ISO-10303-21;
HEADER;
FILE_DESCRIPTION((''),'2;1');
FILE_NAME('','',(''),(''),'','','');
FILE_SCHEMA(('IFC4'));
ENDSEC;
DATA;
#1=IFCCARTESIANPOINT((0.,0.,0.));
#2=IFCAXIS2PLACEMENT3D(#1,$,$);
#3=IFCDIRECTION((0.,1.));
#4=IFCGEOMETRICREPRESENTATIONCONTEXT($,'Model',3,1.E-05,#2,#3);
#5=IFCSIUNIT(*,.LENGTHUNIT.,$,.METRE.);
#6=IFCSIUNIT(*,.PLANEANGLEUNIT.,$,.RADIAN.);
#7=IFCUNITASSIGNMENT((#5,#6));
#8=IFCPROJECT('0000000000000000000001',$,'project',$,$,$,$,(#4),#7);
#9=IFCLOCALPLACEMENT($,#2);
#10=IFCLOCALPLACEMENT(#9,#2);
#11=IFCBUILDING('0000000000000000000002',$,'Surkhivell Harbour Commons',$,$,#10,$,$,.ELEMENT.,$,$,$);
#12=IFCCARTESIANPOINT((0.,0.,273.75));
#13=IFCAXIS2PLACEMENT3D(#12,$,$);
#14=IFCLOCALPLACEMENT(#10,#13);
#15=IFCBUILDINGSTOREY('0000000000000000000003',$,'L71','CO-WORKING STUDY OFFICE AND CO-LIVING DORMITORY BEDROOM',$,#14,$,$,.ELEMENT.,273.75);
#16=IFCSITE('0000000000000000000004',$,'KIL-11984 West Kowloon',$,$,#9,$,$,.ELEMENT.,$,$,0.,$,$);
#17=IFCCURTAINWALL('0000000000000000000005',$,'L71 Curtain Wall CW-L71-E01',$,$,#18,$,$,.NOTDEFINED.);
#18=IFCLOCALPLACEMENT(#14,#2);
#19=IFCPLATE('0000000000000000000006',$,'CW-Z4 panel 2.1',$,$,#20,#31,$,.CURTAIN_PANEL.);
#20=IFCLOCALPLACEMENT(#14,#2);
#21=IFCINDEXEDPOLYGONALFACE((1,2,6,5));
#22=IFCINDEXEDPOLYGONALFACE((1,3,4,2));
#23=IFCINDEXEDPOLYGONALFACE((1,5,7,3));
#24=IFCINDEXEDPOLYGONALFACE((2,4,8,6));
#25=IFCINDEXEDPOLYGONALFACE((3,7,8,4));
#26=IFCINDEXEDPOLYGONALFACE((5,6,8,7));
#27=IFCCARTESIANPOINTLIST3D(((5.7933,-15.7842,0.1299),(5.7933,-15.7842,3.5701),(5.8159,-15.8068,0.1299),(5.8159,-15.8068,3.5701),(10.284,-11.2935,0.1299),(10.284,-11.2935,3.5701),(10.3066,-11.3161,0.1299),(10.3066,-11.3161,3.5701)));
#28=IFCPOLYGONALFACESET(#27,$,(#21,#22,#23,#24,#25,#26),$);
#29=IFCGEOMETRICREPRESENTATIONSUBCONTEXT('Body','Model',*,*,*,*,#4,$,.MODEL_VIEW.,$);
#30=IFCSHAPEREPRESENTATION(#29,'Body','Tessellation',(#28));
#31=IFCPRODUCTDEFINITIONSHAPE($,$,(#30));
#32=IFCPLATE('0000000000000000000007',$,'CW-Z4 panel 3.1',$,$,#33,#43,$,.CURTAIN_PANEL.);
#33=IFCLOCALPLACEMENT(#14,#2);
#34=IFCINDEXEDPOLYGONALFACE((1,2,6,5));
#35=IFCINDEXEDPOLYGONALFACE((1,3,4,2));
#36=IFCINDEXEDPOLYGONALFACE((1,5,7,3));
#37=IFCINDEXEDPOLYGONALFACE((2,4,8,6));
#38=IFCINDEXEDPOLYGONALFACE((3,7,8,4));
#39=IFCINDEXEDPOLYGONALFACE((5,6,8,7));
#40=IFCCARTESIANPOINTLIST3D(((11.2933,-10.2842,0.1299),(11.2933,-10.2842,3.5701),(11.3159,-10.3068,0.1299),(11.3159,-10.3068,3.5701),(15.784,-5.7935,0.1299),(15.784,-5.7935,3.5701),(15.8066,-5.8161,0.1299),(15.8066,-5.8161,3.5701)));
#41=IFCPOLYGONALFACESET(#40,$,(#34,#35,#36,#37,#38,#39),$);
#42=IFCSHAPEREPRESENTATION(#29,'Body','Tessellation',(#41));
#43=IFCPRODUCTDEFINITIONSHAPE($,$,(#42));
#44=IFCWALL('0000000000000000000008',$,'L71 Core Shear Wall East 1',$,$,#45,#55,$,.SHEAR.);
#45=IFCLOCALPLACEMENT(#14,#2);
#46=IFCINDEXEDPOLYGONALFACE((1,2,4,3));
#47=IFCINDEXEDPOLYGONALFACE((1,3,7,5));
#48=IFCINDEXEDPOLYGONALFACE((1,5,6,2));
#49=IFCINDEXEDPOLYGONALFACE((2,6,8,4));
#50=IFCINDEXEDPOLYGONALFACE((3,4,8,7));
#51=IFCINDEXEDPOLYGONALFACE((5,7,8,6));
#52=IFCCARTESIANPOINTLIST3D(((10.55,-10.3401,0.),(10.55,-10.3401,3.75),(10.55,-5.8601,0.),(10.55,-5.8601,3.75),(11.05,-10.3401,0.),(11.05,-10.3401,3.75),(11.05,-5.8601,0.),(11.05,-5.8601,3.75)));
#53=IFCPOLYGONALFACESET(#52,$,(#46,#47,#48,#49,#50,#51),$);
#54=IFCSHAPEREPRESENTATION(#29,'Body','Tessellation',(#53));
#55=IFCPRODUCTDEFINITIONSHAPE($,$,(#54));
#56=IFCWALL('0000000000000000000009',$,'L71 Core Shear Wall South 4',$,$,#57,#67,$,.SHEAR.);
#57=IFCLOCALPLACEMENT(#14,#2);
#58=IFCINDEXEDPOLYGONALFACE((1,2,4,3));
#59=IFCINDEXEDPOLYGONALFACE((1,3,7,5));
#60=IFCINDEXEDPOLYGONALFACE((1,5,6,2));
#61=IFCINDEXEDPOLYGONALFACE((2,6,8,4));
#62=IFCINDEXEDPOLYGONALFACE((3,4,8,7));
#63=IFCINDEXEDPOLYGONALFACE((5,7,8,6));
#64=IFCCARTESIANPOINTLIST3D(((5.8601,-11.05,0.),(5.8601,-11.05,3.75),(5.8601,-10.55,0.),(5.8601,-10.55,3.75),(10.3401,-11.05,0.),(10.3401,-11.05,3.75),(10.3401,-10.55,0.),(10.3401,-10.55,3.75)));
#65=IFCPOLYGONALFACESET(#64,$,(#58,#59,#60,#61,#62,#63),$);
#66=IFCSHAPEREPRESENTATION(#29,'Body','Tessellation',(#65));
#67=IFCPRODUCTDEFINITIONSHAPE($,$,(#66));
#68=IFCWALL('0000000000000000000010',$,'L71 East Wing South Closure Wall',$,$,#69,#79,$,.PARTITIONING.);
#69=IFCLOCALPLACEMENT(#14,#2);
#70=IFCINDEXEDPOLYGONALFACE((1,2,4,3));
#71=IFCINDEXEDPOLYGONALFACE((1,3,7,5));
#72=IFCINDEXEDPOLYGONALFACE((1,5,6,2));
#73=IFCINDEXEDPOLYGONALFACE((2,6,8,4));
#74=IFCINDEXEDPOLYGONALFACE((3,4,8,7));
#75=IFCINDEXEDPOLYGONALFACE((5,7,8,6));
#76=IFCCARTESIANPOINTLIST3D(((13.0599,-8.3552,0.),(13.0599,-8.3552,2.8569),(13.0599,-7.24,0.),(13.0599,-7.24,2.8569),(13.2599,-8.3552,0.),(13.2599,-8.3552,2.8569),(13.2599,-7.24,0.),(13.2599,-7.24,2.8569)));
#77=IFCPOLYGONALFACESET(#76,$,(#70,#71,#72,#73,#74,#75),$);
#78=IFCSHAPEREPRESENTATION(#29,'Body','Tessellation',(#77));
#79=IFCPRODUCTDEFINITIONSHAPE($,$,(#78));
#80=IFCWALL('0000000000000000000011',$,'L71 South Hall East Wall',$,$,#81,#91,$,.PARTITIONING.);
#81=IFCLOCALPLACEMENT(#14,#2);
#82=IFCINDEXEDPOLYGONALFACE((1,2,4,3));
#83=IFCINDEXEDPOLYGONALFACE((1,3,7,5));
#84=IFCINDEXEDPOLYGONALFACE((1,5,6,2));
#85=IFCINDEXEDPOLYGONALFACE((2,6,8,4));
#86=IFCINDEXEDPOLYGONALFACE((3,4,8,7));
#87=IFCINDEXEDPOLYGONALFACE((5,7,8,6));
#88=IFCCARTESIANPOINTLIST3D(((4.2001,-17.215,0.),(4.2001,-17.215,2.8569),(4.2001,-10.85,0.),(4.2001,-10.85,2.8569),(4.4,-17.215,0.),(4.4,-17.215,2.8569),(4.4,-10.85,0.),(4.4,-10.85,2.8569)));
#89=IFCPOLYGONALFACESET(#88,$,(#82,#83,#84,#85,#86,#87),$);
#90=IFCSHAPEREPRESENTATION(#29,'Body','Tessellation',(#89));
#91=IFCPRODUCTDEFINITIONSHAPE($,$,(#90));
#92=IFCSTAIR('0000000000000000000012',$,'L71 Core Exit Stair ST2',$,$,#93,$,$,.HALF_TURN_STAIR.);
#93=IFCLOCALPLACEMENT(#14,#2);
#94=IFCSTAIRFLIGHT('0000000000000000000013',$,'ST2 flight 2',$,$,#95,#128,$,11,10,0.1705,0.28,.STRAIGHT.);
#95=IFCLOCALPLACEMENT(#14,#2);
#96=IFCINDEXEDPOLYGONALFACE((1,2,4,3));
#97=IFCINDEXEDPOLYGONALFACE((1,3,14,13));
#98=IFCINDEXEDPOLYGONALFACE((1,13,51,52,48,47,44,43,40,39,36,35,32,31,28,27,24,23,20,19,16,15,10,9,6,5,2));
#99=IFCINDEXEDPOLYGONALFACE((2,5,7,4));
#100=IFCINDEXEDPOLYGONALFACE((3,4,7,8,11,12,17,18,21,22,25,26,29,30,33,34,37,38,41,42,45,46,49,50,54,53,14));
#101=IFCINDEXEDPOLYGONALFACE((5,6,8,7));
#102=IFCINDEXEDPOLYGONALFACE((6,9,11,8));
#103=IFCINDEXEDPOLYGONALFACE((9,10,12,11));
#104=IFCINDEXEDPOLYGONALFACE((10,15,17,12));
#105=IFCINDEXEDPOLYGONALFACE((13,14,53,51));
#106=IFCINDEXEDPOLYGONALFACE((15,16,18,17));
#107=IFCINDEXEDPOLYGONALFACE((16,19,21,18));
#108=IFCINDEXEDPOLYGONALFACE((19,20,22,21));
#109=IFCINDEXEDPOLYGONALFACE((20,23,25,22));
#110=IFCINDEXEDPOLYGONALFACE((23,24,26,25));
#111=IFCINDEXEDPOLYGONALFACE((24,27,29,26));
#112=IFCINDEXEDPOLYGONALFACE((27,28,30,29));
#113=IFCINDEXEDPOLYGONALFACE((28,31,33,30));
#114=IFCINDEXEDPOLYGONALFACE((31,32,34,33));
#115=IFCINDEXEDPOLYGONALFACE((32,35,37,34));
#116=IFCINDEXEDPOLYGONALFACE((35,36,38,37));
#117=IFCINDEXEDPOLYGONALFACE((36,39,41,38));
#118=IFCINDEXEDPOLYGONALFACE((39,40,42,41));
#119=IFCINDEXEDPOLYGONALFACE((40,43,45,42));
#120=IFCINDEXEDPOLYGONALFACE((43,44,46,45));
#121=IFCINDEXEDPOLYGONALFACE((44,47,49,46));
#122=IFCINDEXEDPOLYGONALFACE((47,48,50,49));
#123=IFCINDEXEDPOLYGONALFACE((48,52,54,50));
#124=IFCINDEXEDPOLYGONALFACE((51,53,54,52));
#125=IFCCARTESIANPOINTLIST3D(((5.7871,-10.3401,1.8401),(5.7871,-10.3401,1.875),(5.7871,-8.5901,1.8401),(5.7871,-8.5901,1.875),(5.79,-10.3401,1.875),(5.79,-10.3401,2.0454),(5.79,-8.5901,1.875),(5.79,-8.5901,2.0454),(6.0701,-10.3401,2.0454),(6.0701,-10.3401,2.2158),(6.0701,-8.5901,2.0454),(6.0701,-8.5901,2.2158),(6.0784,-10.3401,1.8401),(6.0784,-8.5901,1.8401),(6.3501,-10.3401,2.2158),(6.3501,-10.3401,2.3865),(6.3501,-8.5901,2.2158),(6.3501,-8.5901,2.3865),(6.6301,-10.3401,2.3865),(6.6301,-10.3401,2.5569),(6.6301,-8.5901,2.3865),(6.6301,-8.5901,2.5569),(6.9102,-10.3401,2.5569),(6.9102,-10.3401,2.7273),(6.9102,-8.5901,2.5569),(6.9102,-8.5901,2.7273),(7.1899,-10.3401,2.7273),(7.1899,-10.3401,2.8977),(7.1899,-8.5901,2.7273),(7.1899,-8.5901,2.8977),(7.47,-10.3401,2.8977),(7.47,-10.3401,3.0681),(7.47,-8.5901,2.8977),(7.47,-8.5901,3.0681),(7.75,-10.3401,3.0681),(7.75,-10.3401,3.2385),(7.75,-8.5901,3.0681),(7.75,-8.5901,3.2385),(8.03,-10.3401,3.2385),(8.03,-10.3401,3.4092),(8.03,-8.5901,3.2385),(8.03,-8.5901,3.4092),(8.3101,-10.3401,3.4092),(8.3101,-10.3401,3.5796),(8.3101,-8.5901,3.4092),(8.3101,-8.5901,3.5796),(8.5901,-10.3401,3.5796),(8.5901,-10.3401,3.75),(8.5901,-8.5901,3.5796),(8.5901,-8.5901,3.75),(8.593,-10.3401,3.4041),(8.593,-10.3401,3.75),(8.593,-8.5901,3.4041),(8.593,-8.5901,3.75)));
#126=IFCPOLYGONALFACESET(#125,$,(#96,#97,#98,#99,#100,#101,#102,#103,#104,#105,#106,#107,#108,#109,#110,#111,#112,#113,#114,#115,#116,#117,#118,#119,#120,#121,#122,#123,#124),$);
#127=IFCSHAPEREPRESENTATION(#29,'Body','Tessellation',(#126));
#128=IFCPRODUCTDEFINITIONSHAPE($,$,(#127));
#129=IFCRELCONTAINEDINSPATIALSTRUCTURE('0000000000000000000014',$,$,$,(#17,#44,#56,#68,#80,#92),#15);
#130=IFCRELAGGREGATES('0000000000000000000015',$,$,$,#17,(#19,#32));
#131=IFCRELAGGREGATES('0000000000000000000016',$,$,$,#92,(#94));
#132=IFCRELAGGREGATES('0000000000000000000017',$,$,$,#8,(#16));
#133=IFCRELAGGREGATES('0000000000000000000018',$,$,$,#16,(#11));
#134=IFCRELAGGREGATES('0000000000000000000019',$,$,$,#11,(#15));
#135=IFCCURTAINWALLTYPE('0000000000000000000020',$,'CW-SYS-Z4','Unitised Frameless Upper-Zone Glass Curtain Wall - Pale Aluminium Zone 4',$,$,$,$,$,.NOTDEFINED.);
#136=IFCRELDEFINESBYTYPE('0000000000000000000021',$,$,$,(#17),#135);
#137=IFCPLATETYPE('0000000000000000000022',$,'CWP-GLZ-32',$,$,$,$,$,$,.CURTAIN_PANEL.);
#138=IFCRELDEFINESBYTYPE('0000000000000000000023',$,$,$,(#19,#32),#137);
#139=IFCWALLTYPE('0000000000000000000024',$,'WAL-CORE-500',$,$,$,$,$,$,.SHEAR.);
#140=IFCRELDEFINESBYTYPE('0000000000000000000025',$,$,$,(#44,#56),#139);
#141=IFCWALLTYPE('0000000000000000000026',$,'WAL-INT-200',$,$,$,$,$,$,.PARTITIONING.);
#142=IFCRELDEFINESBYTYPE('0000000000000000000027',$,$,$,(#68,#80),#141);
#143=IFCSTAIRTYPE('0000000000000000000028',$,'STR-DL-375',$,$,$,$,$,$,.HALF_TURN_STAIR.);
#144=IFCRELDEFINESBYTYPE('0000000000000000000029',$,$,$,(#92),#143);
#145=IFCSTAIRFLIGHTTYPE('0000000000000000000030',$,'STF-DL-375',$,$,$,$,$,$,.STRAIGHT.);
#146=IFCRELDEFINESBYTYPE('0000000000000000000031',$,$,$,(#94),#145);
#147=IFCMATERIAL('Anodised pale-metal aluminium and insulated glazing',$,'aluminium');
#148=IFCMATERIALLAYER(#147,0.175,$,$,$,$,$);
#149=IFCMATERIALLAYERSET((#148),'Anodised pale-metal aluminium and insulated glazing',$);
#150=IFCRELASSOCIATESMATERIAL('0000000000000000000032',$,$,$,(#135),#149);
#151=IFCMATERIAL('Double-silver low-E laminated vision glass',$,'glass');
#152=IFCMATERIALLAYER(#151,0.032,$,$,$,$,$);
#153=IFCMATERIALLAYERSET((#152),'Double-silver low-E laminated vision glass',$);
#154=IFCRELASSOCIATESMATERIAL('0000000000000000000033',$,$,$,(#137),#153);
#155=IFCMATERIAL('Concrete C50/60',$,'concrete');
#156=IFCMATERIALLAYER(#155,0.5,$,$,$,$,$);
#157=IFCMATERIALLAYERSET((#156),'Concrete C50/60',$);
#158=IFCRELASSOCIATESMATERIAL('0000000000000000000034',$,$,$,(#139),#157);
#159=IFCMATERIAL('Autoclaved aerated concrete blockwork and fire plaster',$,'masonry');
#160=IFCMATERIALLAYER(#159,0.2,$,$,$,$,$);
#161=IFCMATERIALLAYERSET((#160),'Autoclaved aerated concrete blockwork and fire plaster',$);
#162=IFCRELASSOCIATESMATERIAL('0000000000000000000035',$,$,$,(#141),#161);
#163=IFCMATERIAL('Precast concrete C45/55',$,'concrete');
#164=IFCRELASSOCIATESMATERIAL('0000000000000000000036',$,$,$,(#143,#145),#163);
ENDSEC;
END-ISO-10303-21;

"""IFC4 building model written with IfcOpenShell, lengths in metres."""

from ifc_helpers import new_model, si_unit, direction, frame, frame_2d, origin, place, context, subcontext, project, spatial, polyline, rectangle, outline, extrude, material, layer, layer_set, type_object, element, aggregate, save


model = new_model("IFC4")

# Units and contexts
model_context = context("Model", 3, precision=1e-05, world=origin(), true_north=direction((0.0, 1.0)))
body_context = subcontext(model_context, "Body", "Model", "MODEL_VIEW")
ifc_project = project(units=[si_unit("LENGTHUNIT", "METRE"), si_unit("PLANEANGLEUNIT", "RADIAN")], contexts=[model_context])

# Site, building, storey
site_placement = place(None, origin())
site = spatial("IfcSite", under=ifc_project, at=site_placement, Name="KIL-11984 West Kowloon", CompositionType="ELEMENT", RefElevation=0.0)
building_placement = place(site_placement, origin())
building = spatial("IfcBuilding", under=site, at=building_placement, Name="Surkhivell Harbour Commons", CompositionType="ELEMENT")
storey_placement = place(building_placement, frame((0.0, 0.0, 273.75)))
storey = spatial("IfcBuildingStorey", under=building, at=storey_placement, Name="L71", Description="CO-WORKING STUDY OFFICE AND CO-LIVING DORMITORY BEDROOM", CompositionType="ELEMENT", Elevation=273.75)

# Shared definitions
ifc_material_1 = material(Name="Concrete C50/60", Category="concrete")

# Curtain wall, plates
ifc_material_2 = material(Name="Anodised pale-metal aluminium and insulated glazing", Category="aluminium")
ifc_layer_1 = layer(ifc_material_2, 0.175)
ifc_layer_set_1 = layer_set([ifc_layer_1], Name="Anodised pale-metal aluminium and insulated glazing")
curtain_wall_type = type_object("IfcCurtainWallType", Name="CW-SYS-Z4", Description="Unitised Frameless Upper-Zone Glass Curtain Wall - Pale Aluminium Zone 4", PredefinedType="NOTDEFINED", material=ifc_layer_set_1)
curtain_wall_placement = place(storey_placement, origin())
curtain_wall = element("IfcCurtainWall", 1, at=curtain_wall_placement, inside=storey, type_object=curtain_wall_type, Name="L71 Curtain Wall CW-L71-E01", PredefinedType="NOTDEFINED")
ifc_material_3 = material(Name="Double-silver low-E laminated vision glass", Category="glass")
ifc_layer_2 = layer(ifc_material_3, 0.032)
ifc_layer_set_2 = layer_set([ifc_layer_2], Name="Double-silver low-E laminated vision glass")
plate_type = type_object("IfcPlateType", Name="CWP-GLZ-32", PredefinedType="CURTAIN_PANEL", material=ifc_layer_set_2)
plate_1_placement = place(storey_placement, frame((5.8047, -15.7954, 0.1299), z_axis=(0.0, 0.0, 1.0), x_axis=(0.707107, 0.707107, 0.0)))
plate_1 = element("IfcPlate", 2, at=plate_1_placement, type_object=plate_type, Name="CW-Z4 panel 2.1", PredefinedType="CURTAIN_PANEL", context=body_context, shape_type="SweptSolid", body=[
    extrude(rectangle(XDim=6.3508, YDim=0.032, at=frame_2d((3.1753, 0.0))), origin(), (0.0, 0.0, 1.0), 3.4402),
])
plate_2_placement = place(storey_placement, frame((11.3047, -10.2954, 0.1299), z_axis=(0.0, 0.0, 1.0), x_axis=(0.707107, 0.707107, 0.0)))
plate_2 = element("IfcPlate", 3, at=plate_2_placement, type_object=plate_type, Name="CW-Z4 panel 3.1", PredefinedType="CURTAIN_PANEL", context=body_context, shape_type="SweptSolid", body=[
    extrude(rectangle(XDim=6.3508, YDim=0.032, at=frame_2d((3.1753, 0.0))), origin(), (0.0, 0.0, 1.0), 3.4402),
])
aggregate(curtain_wall, [plate_1, plate_2])

# Walls
ifc_layer_3 = layer(ifc_material_1, 0.5)
ifc_layer_set_3 = layer_set([ifc_layer_3], Name="Concrete C50/60")
wall_type_1 = type_object("IfcWallType", Name="WAL-CORE-500", PredefinedType="SHEAR", material=ifc_layer_set_3)
for number, where, z_axis, x_axis, name in (
    (4, (10.8, -10.3401, 0.0), (0.0, 0.0, 1.0), (0.0, 1.0, 0.0), "L71 Core Shear Wall East 1"),
    (5, (5.8601, -10.8, 0.0), (0.0, 0.0, 1.0), (1.0, 0.0, 0.0), "L71 Core Shear Wall South 4"),
):
    element("IfcWall", number, at=place(storey_placement, frame(where, z_axis=z_axis, x_axis=x_axis)), inside=storey, type_object=wall_type_1, Name=name, PredefinedType="SHEAR", context=body_context, shape_type="SweptSolid", body=[
        extrude(rectangle(XDim=4.48, YDim=0.5, at=frame_2d((2.24, 0.0))), origin(), (0.0, 0.0, 1.0), 3.75),
    ])
ifc_material_4 = material(Name="Autoclaved aerated concrete blockwork and fire plaster", Category="masonry")
ifc_layer_4 = layer(ifc_material_4, 0.2)
ifc_layer_set_4 = layer_set([ifc_layer_4], Name="Autoclaved aerated concrete blockwork and fire plaster")
wall_type_2 = type_object("IfcWallType", Name="WAL-INT-200", PredefinedType="PARTITIONING", material=ifc_layer_set_4)
wall_1_placement = place(storey_placement, frame((13.1599, -8.3552, 0.0), z_axis=(0.0, 0.0, 1.0), x_axis=(0.0, 1.0, 0.0)))
element("IfcWall", 6, at=wall_1_placement, inside=storey, type_object=wall_type_2, Name="L71 East Wing South Closure Wall", PredefinedType="PARTITIONING", context=body_context, shape_type="SweptSolid", body=[
    extrude(rectangle(XDim=1.1152, YDim=0.2, at=frame_2d((0.5576, 0.0))), origin(), (0.0, 0.0, 1.0), 2.8569),
])
wall_2_placement = place(storey_placement, frame((4.3, -17.2151, 0.0), z_axis=(0.0, 0.0, 1.0), x_axis=(0.0, 1.0, 0.0)))
element("IfcWall", 7, at=wall_2_placement, inside=storey, type_object=wall_type_2, Name="L71 South Hall East Wall", PredefinedType="PARTITIONING", context=body_context, shape_type="SweptSolid", body=[
    extrude(rectangle(XDim=6.365, YDim=0.2, at=frame_2d((3.1826, 0.0))), origin(), (0.0, 0.0, 1.0), 2.8569),
])

# Stair, stair flight
ifc_material_5 = material(Name="Precast concrete C45/55", Category="concrete")
stair_type = type_object("IfcStairType", Name="STR-DL-375", PredefinedType="HALF_TURN_STAIR", material=ifc_material_5)
stair_placement = place(storey_placement, origin())
stair = element("IfcStair", 8, at=stair_placement, inside=storey, type_object=stair_type, Name="L71 Core Exit Stair ST2", PredefinedType="HALF_TURN_STAIR")
stair_flight_type = type_object("IfcStairFlightType", Name="STF-DL-375", PredefinedType="STRAIGHT", material=ifc_material_5)
stair_flight_placement = place(storey_placement, frame((5.79, -9.4651, 1.875), z_axis=(0.0, 0.0, 1.0), x_axis=(1.0, 0.0, 0.0)))
stair_flight = element("IfcStairFlight", 9, at=stair_flight_placement, type_object=stair_flight_type, Name="ST2 flight 2", NumberOfRisers=11, NumberOfTreads=10, PredefinedType="STRAIGHT", RiserHeight=0.1705, TreadLength=0.28, context=body_context, shape_type="SweptSolid", body=[
    extrude(outline(polyline([(-0.0029, -0.0349), (-0.0029, 0.0), (0.0, 0.0), (0.0, 0.1704), (0.28, 0.1704), (0.28, 0.3408), (0.5601, 0.3408), (0.5601, 0.5115), (0.8401, 0.5115), (0.8401, 0.6819), (1.1201, 0.6819), (1.1201, 0.8523), (1.3999, 0.8523), (1.3999, 1.0227), (1.6799, 1.0227), (1.6799, 1.1931), (1.96, 1.1931), (1.96, 1.3635), (2.24, 1.3635), (2.24, 1.5342), (2.52, 1.5342), (2.52, 1.7046), (2.8, 1.7046), (2.8, 1.875), (2.803, 1.875), (2.803, 1.5291), (0.2883, -0.0349), (-0.0029, -0.0349)])), frame((0.0, 0.875, 0.0), z_axis=(0.0, -1.0, 0.0), x_axis=(1.0, 0.0, 0.0)), (0.0, 0.0, 1.0), 1.75),
])
aggregate(stair, [stair_flight])

save(model, "model.ifc")
